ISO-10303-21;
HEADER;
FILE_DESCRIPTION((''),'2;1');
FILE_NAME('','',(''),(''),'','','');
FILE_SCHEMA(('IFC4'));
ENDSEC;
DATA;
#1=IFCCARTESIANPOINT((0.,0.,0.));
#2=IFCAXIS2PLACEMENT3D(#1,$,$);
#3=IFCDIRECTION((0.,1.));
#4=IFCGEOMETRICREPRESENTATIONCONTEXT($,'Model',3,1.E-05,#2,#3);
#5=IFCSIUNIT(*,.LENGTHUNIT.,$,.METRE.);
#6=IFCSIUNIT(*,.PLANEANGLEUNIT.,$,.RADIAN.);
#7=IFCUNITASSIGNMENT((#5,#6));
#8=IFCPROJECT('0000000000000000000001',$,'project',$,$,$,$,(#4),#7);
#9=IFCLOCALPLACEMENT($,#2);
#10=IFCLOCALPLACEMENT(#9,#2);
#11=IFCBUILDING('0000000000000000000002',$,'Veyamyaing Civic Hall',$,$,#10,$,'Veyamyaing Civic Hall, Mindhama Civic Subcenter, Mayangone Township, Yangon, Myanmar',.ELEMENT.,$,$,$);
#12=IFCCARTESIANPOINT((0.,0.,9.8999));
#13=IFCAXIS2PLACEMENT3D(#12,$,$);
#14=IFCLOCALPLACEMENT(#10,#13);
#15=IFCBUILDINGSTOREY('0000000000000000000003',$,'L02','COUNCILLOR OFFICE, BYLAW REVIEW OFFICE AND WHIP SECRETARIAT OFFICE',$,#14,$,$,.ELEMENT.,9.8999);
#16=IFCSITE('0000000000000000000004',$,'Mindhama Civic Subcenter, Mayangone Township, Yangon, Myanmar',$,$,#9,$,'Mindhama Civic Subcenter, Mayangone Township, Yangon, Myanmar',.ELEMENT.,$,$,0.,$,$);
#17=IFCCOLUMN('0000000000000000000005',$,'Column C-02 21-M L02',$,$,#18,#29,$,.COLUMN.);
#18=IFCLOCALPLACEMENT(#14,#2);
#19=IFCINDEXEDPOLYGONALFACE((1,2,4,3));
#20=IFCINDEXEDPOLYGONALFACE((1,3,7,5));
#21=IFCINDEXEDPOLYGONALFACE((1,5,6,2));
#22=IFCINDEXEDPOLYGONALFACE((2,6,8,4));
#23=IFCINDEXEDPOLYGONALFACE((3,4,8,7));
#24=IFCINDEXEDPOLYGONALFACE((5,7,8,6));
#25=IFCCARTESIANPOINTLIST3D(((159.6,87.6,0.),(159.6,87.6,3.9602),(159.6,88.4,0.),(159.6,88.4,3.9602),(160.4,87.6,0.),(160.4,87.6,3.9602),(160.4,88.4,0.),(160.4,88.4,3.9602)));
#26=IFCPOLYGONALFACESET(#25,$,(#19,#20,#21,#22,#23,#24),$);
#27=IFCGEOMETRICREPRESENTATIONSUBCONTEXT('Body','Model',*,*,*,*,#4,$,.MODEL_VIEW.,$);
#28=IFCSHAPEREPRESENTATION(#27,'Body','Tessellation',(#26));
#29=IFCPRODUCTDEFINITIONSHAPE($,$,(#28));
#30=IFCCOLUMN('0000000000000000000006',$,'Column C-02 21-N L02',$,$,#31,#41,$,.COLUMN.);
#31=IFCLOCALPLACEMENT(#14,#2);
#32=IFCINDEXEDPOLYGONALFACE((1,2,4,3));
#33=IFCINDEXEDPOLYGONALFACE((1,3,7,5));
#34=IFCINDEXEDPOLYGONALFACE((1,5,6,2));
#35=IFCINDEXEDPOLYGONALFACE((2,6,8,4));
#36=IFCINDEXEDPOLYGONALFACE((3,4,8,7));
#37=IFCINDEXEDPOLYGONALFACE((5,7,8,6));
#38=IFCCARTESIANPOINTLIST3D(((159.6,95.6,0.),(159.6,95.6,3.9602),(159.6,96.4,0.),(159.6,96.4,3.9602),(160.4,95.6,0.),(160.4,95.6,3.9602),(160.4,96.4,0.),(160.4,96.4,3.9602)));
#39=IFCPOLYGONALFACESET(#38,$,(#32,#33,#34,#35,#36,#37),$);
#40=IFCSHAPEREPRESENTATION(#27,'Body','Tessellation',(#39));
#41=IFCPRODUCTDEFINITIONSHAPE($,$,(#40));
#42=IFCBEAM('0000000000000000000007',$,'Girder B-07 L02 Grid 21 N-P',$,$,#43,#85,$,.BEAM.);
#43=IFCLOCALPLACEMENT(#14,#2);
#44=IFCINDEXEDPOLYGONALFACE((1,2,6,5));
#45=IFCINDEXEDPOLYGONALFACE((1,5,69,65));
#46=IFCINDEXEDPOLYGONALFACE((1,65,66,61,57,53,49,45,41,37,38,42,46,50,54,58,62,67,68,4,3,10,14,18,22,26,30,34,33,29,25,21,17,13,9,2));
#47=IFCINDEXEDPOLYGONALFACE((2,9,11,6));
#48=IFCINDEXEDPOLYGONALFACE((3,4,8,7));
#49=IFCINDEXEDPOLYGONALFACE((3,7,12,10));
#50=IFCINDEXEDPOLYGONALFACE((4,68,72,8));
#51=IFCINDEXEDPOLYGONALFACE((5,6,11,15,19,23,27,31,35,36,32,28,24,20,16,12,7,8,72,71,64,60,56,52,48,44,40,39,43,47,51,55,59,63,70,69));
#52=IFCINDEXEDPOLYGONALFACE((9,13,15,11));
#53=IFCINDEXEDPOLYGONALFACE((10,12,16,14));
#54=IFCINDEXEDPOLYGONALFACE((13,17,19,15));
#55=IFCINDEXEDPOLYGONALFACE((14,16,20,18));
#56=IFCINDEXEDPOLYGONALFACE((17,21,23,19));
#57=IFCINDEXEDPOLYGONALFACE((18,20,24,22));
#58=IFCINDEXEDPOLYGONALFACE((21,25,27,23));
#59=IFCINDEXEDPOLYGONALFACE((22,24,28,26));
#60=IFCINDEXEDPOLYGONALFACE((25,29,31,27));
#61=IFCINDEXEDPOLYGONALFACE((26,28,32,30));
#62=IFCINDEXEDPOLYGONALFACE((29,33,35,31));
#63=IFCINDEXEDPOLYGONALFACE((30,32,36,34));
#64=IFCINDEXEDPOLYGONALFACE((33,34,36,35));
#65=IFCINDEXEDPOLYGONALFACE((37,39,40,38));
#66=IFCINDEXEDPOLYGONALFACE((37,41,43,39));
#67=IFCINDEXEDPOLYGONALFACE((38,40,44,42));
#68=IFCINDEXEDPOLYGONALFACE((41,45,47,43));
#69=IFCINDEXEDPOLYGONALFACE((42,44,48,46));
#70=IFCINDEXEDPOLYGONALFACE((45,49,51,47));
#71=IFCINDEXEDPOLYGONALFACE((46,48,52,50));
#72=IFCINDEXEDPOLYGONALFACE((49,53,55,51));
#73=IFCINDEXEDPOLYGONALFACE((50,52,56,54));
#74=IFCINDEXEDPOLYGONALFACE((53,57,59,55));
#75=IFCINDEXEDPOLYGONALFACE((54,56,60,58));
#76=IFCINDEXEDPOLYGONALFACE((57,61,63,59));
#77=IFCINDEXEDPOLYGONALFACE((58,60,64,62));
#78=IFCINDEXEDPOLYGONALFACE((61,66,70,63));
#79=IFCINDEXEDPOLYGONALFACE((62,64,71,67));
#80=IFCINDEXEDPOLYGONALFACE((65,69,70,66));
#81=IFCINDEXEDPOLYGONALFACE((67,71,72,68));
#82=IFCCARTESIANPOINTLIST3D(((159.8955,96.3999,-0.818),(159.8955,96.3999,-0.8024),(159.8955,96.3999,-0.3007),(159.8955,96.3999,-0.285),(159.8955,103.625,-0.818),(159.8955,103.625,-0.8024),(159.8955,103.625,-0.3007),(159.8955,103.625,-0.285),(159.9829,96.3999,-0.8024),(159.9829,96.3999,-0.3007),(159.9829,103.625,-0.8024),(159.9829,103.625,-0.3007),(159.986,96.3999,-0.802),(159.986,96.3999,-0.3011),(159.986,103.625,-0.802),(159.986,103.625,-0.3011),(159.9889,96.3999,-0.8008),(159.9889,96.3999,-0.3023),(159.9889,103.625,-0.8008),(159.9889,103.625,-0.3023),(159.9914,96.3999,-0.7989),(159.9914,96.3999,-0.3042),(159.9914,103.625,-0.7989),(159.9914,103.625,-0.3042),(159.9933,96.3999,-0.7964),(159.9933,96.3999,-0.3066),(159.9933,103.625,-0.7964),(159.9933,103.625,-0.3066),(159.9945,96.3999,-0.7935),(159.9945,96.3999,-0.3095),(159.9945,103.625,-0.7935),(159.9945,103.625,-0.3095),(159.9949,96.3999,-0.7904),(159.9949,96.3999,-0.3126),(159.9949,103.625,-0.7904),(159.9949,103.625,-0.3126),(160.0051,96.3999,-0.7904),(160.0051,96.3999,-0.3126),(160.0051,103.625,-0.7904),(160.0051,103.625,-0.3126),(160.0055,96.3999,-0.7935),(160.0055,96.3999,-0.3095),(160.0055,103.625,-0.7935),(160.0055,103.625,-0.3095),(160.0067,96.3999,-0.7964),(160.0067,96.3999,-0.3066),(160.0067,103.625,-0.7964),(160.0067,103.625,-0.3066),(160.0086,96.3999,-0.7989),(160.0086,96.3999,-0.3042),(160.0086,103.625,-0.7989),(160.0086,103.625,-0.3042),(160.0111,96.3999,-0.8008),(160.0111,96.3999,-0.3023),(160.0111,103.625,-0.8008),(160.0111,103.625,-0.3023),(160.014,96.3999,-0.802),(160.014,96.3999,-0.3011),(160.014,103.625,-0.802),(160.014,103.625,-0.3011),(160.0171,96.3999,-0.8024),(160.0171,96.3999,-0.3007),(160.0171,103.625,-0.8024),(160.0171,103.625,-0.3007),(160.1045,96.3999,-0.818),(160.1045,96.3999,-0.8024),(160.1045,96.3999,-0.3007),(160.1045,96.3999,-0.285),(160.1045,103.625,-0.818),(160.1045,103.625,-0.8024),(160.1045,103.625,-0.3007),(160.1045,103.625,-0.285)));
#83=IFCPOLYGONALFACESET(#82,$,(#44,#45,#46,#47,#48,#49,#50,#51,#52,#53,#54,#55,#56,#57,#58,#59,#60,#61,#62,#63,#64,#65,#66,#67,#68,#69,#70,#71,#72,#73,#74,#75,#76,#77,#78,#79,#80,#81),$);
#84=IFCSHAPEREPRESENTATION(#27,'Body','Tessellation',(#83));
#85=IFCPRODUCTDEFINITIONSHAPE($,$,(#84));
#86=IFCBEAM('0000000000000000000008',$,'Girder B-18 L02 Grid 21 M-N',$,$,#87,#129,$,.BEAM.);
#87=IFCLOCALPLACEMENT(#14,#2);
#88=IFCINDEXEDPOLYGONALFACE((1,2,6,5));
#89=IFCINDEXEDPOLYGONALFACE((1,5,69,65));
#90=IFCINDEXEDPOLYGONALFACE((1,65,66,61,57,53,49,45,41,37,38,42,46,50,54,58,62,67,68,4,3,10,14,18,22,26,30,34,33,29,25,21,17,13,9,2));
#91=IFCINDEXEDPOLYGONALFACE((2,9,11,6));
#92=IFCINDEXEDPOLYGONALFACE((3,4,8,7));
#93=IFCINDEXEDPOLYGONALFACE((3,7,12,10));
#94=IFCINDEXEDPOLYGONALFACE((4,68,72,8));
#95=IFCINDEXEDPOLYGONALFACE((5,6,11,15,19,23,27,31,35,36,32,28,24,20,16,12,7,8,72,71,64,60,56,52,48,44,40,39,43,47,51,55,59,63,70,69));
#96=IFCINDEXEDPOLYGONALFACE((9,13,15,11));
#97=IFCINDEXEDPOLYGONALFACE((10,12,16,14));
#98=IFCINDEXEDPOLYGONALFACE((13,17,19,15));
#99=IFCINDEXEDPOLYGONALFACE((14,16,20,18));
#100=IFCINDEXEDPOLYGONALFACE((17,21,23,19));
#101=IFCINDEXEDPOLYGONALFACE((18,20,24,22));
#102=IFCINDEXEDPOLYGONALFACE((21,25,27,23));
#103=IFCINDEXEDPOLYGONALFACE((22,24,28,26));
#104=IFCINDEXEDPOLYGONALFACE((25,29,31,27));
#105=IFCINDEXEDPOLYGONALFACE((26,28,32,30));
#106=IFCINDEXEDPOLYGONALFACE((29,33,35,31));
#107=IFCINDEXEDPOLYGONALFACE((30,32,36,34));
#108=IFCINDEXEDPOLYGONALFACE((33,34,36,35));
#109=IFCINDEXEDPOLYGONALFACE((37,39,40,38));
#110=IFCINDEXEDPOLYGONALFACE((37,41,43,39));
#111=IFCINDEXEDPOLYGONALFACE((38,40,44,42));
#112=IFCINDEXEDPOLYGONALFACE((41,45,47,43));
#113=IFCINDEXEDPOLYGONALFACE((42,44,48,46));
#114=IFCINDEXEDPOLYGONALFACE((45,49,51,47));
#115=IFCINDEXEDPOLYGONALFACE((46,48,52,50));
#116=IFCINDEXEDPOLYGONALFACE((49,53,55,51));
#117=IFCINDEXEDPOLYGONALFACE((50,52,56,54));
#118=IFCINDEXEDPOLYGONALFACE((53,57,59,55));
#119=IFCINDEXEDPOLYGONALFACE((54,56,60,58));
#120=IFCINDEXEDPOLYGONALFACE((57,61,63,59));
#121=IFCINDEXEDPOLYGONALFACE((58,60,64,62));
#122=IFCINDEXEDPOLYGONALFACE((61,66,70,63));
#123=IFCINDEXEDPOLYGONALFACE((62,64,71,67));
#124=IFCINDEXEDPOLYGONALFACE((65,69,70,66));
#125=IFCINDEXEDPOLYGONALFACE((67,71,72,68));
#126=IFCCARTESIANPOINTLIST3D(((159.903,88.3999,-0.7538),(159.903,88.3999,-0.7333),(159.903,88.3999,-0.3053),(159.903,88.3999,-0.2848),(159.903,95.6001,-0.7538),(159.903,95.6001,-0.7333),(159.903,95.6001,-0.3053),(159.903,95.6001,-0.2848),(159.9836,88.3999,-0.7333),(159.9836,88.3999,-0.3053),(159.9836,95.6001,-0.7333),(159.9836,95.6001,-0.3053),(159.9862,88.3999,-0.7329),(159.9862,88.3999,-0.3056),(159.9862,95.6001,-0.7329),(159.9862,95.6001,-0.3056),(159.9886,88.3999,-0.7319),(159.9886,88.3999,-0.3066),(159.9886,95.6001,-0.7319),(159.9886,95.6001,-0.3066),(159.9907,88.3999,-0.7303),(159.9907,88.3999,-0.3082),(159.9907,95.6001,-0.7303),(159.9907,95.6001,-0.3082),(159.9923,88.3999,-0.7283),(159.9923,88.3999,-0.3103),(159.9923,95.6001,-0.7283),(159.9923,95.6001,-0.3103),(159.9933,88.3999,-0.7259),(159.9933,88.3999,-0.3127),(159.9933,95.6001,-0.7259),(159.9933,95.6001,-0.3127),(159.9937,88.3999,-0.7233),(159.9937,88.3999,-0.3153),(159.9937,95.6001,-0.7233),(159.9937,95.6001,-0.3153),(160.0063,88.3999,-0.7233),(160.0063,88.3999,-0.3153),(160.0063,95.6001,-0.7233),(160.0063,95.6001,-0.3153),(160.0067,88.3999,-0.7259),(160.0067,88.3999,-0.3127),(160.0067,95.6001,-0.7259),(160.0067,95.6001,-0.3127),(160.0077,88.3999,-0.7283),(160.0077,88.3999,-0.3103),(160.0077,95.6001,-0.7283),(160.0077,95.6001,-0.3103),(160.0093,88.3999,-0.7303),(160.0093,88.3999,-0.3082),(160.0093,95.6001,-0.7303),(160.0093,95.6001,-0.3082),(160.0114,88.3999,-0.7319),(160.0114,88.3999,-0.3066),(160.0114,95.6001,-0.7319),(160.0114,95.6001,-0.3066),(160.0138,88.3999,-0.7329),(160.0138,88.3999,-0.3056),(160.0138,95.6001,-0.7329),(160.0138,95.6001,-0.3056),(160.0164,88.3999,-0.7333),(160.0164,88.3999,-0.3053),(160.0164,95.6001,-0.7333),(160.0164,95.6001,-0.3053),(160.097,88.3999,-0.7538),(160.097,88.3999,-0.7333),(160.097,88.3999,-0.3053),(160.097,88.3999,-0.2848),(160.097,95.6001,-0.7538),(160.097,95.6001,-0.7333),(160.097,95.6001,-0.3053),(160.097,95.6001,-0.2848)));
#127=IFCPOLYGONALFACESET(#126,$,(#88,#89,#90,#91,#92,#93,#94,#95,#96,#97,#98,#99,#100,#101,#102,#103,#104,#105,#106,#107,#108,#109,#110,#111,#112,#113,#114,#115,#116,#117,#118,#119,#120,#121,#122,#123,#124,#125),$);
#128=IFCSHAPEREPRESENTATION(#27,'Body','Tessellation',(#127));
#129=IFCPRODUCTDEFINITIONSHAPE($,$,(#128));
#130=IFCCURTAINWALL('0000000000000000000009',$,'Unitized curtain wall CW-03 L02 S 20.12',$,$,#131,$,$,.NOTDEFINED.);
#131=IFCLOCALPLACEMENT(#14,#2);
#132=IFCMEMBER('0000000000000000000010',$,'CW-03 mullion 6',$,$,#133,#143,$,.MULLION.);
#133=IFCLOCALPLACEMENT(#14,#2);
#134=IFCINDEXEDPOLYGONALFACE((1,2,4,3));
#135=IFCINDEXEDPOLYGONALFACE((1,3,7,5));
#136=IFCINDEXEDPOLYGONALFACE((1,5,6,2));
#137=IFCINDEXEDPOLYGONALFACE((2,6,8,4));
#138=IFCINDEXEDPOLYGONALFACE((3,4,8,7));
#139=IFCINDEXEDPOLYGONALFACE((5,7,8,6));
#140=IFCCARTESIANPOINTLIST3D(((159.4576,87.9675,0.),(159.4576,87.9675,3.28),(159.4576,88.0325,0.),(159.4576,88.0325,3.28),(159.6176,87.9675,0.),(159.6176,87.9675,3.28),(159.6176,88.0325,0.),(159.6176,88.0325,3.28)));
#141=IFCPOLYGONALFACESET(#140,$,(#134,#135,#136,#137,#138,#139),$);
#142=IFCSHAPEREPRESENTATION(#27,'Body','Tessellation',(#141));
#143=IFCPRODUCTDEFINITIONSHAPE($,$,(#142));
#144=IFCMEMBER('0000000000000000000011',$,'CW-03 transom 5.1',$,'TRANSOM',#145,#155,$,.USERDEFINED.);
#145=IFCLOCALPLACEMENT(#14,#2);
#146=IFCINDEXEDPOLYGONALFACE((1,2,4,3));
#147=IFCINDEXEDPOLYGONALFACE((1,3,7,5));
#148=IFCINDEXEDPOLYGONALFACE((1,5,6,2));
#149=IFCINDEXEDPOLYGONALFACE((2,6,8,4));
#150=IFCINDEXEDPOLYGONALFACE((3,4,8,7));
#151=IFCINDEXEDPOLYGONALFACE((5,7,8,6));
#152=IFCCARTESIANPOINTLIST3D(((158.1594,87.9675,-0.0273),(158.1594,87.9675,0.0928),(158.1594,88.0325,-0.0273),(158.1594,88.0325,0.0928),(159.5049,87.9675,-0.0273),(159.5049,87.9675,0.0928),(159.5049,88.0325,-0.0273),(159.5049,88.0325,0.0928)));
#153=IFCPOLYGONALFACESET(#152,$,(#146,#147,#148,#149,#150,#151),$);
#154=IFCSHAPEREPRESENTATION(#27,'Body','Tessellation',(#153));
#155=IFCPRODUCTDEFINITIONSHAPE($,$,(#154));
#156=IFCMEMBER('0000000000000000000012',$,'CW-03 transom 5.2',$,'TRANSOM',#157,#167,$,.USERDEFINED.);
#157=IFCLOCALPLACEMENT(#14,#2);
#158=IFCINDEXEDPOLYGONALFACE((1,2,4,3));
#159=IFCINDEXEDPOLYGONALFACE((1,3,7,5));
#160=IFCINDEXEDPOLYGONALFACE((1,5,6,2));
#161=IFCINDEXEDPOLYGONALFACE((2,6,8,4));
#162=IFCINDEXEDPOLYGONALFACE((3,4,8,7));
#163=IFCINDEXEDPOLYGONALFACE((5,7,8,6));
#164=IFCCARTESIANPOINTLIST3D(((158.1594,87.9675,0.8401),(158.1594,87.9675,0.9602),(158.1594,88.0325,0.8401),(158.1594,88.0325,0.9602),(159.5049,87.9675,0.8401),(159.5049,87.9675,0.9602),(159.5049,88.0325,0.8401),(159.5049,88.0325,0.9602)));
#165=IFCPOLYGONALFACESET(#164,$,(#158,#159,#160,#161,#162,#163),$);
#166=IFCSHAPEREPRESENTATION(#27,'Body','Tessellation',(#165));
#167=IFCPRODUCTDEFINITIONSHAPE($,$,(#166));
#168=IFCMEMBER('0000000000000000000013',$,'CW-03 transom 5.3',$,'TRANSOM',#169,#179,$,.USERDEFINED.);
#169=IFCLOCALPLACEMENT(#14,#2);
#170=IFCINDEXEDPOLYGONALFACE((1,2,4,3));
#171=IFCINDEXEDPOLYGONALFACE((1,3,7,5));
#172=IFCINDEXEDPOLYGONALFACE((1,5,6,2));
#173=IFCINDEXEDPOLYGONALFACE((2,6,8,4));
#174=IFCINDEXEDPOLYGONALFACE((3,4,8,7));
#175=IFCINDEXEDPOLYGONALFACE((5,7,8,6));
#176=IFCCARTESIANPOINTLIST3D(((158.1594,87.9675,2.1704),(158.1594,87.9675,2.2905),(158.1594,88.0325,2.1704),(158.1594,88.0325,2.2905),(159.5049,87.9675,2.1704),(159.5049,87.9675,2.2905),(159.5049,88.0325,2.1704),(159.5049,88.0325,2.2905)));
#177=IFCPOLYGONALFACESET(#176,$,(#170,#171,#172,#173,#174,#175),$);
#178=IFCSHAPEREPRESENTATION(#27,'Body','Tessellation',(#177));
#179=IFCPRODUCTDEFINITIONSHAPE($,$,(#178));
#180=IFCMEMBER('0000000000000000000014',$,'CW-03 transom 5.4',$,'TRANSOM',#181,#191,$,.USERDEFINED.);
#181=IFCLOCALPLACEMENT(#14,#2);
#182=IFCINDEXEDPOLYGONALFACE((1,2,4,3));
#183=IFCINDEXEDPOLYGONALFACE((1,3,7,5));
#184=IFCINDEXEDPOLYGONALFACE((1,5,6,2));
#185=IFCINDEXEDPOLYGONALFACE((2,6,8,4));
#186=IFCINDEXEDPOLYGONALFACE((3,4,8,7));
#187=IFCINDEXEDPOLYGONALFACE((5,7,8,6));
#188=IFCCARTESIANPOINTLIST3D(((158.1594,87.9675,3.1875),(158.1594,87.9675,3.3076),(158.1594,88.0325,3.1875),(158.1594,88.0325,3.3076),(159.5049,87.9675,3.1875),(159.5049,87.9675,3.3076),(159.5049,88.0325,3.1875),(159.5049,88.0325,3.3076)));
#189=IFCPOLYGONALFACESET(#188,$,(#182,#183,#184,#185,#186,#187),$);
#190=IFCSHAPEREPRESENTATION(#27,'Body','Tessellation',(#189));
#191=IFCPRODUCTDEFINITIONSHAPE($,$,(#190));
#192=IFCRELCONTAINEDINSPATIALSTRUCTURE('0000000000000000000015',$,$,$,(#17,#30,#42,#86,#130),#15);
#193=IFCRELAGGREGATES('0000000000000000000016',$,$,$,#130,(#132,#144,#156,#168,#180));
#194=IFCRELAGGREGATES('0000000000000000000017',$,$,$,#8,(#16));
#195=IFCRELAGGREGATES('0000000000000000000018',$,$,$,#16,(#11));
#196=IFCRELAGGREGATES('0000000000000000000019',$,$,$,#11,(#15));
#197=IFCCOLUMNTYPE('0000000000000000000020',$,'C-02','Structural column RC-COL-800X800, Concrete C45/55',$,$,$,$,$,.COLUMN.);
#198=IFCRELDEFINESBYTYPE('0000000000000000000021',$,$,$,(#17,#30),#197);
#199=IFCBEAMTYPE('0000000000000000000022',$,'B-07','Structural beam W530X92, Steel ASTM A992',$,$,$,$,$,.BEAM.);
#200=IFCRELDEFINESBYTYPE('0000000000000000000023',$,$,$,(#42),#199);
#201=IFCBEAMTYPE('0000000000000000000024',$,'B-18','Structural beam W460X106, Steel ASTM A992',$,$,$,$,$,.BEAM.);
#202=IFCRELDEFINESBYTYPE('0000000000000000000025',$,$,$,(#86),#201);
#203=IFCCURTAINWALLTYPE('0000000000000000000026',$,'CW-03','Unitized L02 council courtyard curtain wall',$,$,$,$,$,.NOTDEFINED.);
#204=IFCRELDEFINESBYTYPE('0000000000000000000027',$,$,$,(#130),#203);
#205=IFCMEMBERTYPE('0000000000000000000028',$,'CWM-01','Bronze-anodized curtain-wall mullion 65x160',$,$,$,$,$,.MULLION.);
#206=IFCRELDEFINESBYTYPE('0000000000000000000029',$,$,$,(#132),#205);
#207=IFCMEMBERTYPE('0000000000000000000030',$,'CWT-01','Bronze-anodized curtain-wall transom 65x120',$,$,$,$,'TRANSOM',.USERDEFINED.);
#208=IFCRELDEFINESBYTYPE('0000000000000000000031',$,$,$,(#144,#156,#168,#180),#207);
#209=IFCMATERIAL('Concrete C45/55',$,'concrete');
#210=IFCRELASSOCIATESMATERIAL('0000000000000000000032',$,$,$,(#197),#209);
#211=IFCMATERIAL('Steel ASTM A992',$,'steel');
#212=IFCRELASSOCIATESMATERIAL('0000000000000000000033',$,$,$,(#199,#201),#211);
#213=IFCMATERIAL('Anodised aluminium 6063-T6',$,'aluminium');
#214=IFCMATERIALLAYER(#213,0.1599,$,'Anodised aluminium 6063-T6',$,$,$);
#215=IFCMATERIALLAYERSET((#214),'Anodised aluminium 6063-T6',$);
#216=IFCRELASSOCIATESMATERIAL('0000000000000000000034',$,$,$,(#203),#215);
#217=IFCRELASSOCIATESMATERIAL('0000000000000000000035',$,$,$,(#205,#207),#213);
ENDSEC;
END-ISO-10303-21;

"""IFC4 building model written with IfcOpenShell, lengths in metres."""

from ifc_helpers import new_model, si_unit, direction, frame, origin, origin_2d, place, context, subcontext, project, spatial, rectangle, i_section, extrude, material, layer, layer_set, material_profile, profile_set, type_object, element, aggregate, save


model = new_model("IFC4")

# Units and contexts
model_context = context("Model", 3, precision=1e-05, world=origin(), true_north=direction((0.0, 1.0)))
body_context = subcontext(model_context, "Body", "Model", "MODEL_VIEW")
ifc_project = project(units=[si_unit("LENGTHUNIT", "METRE"), si_unit("PLANEANGLEUNIT", "RADIAN")], contexts=[model_context])

# Site, building, storey
site_placement = place(None, origin())
site = spatial("IfcSite", under=ifc_project, at=site_placement, Name="Mindhama Civic Subcenter, Mayangone Township, Yangon, Myanmar", LongName="Mindhama Civic Subcenter, Mayangone Township, Yangon, Myanmar", CompositionType="ELEMENT", RefElevation=0.0)
building_placement = place(site_placement, origin())
building = spatial("IfcBuilding", under=site, at=building_placement, Name="Veyamyaing Civic Hall", LongName="Veyamyaing Civic Hall, Mindhama Civic Subcenter, Mayangone Township, Yangon, Myanmar", CompositionType="ELEMENT")
storey_placement = place(building_placement, frame((0.0, 0.0, 9.8999)))
storey = spatial("IfcBuildingStorey", under=building, at=storey_placement, Name="L02", Description="COUNCILLOR OFFICE, BYLAW REVIEW OFFICE AND WHIP SECRETARIAT OFFICE", CompositionType="ELEMENT", Elevation=9.8999)

# Columns
ifc_material_1 = material(Name="Concrete C45/55", Category="concrete")
ifc_material_profile_1 = material_profile(ifc_material_1, rectangle(XDim=0.8, YDim=0.8, at=origin_2d()), Name="RC-COL-800X800")
ifc_profile_set_1 = profile_set([ifc_material_profile_1], Name="Concrete C45/55")
column_type = type_object("IfcColumnType", Name="C-02", Description="Structural column RC-COL-800X800, Concrete C45/55", PredefinedType="COLUMN", material=ifc_profile_set_1)
for number, where, z_axis, x_axis, name in (
    (1, (160.0, 88.0, 0.0), (0.0, 0.0, 1.0), (1.0, 0.0, 0.0), "Column C-02 21-M L02"),
    (2, (160.0, 96.0, 0.0), (0.0, 0.0, 1.0), (1.0, 0.0, 0.0), "Column C-02 21-N L02"),
):
    element("IfcColumn", number, at=place(storey_placement, frame(where, z_axis=z_axis, x_axis=x_axis)), inside=storey, type_object=column_type, Name=name, PredefinedType="COLUMN", context=body_context, shape_type="SweptSolid", body=[
        extrude(rectangle(XDim=0.8, YDim=0.8, at=origin_2d()), origin(), (0.0, 0.0, 1.0), 3.9602),
    ])

# Beams
ifc_material_2 = material(Name="Steel ASTM A992", Category="steel")
ifc_material_profile_2 = material_profile(ifc_material_2, i_section(OverallWidth=0.209, OverallDepth=0.533, WebThickness=0.0103, FlangeThickness=0.0156, FilletRadius=0.012, at=origin_2d()), Name="W530X92")
ifc_profile_set_2 = profile_set([ifc_material_profile_2], Name="Steel ASTM A992")
beam_type_1 = type_object("IfcBeamType", Name="B-07", Description="Structural beam W530X92, Steel ASTM A992", PredefinedType="BEAM", material=ifc_profile_set_2)
beam_1_placement = place(storey_placement, frame((160.0, 96.3999, -0.5515), z_axis=(0.0, 1.0, 0.0), x_axis=(-1.0, 0.0, 0.0)))
element("IfcBeam", 3, at=beam_1_placement, inside=storey, type_object=beam_type_1, Name="Girder B-07 L02 Grid 21 N-P", PredefinedType="BEAM", context=body_context, shape_type="SweptSolid", body=[
    extrude(i_section(OverallWidth=0.209, OverallDepth=0.533, WebThickness=0.0103, FlangeThickness=0.0156, FilletRadius=0.012, at=origin_2d()), origin(), (0.0, 0.0, 1.0), 7.2251),
])
ifc_material_profile_3 = material_profile(ifc_material_2, i_section(OverallWidth=0.1941, OverallDepth=0.469, WebThickness=0.0127, FlangeThickness=0.0205, FilletRadius=0.01, at=origin_2d()), Name="W460X106")
ifc_profile_set_3 = profile_set([ifc_material_profile_3], Name="Steel ASTM A992")
beam_type_2 = type_object("IfcBeamType", Name="B-18", Description="Structural beam W460X106, Steel ASTM A992", PredefinedType="BEAM", material=ifc_profile_set_3)
beam_2_placement = place(storey_placement, frame((160.0, 88.3999, -0.5193), z_axis=(0.0, 1.0, 0.0), x_axis=(-1.0, 0.0, 0.0)))
element("IfcBeam", 4, at=beam_2_placement, inside=storey, type_object=beam_type_2, Name="Girder B-18 L02 Grid 21 M-N", PredefinedType="BEAM", context=body_context, shape_type="SweptSolid", body=[
    extrude(i_section(OverallWidth=0.1941, OverallDepth=0.469, WebThickness=0.0127, FlangeThickness=0.0205, FilletRadius=0.01, at=origin_2d()), origin(), (0.0, 0.0, 1.0), 7.2002),
])

# Curtain wall, members
ifc_material_3 = material(Name="Anodised aluminium 6063-T6", Category="aluminium")
ifc_layer_1 = layer(ifc_material_3, 0.1599, Name="Anodised aluminium 6063-T6")
ifc_layer_set_1 = layer_set([ifc_layer_1], Name="Anodised aluminium 6063-T6")
curtain_wall_type = type_object("IfcCurtainWallType", Name="CW-03", Description="Unitized L02 council courtyard curtain wall", PredefinedType="NOTDEFINED", material=ifc_layer_set_1)
curtain_wall_placement = place(storey_placement, origin())
curtain_wall = element("IfcCurtainWall", 5, at=curtain_wall_placement, inside=storey, type_object=curtain_wall_type, Name="Unitized curtain wall CW-03 L02 S 20.12", PredefinedType="NOTDEFINED")
ifc_material_profile_4 = material_profile(ifc_material_3, rectangle(XDim=0.0649, YDim=0.1599, at=origin_2d()), Name="ALU-MUL-65X160")
ifc_profile_set_4 = profile_set([ifc_material_profile_4], Name="Anodised aluminium 6063-T6")
member_type_1 = type_object("IfcMemberType", Name="CWM-01", Description="Bronze-anodized curtain-wall mullion 65x160", PredefinedType="MULLION", material=ifc_profile_set_4)
member_1_placement = place(storey_placement, frame((159.5376, 88.0, 0.0), z_axis=(0.0, 0.0, 1.0), x_axis=(0.0, 1.0, 0.0)))
member_1 = element("IfcMember", 6, at=member_1_placement, type_object=member_type_1, Name="CW-03 mullion 6", PredefinedType="MULLION", context=body_context, shape_type="SweptSolid", body=[
    extrude(rectangle(XDim=0.0649, YDim=0.1599, at=origin_2d()), origin(), (0.0, 0.0, 1.0), 3.28),
])
ifc_material_profile_5 = material_profile(ifc_material_3, rectangle(XDim=0.0649, YDim=0.1201, at=origin_2d()), Name="ALU-TRN-65X120")
ifc_profile_set_5 = profile_set([ifc_material_profile_5], Name="Anodised aluminium 6063-T6")
member_type_2 = type_object("IfcMemberType", Name="CWT-01", Description="Bronze-anodized curtain-wall transom 65x120", ElementType="TRANSOM", PredefinedType="USERDEFINED", material=ifc_profile_set_5)
member_2_placement = place(storey_placement, frame((158.1594, 88.0, 0.0327), z_axis=(1.0, 0.0, 0.0), x_axis=(0.0, 1.0, 0.0)))
member_2 = element("IfcMember", 7, at=member_2_placement, type_object=member_type_2, Name="CW-03 transom 5.1", ObjectType="TRANSOM", PredefinedType="USERDEFINED", context=body_context, shape_type="SweptSolid", body=[
    extrude(rectangle(XDim=0.0649, YDim=0.1201, at=origin_2d()), origin(), (0.0, 0.0, 1.0), 1.3455),
])
member_3_placement = place(storey_placement, frame((158.1594, 88.0, 0.9001), z_axis=(1.0, 0.0, 0.0), x_axis=(0.0, 1.0, 0.0)))
member_3 = element("IfcMember", 8, at=member_3_placement, type_object=member_type_2, Name="CW-03 transom 5.2", ObjectType="TRANSOM", PredefinedType="USERDEFINED", context=body_context, shape_type="SweptSolid", body=[
    extrude(rectangle(XDim=0.0649, YDim=0.1201, at=origin_2d()), origin(), (0.0, 0.0, 1.0), 1.3455),
])
member_4_placement = place(storey_placement, frame((158.1594, 88.0, 2.2305), z_axis=(1.0, 0.0, 0.0), x_axis=(0.0, 1.0, 0.0)))
member_4 = element("IfcMember", 9, at=member_4_placement, type_object=member_type_2, Name="CW-03 transom 5.3", ObjectType="TRANSOM", PredefinedType="USERDEFINED", context=body_context, shape_type="SweptSolid", body=[
    extrude(rectangle(XDim=0.0649, YDim=0.1201, at=origin_2d()), origin(), (0.0, 0.0, 1.0), 1.3455),
])
member_5_placement = place(storey_placement, frame((158.1594, 88.0, 3.2476), z_axis=(1.0, 0.0, 0.0), x_axis=(0.0, 1.0, 0.0)))
member_5 = element("IfcMember", 10, at=member_5_placement, type_object=member_type_2, Name="CW-03 transom 5.4", ObjectType="TRANSOM", PredefinedType="USERDEFINED", context=body_context, shape_type="SweptSolid", body=[
    extrude(rectangle(XDim=0.0649, YDim=0.1201, at=origin_2d()), origin(), (0.0, 0.0, 1.0), 1.3455),
])

aggregate(curtain_wall, [member_1, member_2, member_3, member_4, member_5])

save(model, "model.ifc")
